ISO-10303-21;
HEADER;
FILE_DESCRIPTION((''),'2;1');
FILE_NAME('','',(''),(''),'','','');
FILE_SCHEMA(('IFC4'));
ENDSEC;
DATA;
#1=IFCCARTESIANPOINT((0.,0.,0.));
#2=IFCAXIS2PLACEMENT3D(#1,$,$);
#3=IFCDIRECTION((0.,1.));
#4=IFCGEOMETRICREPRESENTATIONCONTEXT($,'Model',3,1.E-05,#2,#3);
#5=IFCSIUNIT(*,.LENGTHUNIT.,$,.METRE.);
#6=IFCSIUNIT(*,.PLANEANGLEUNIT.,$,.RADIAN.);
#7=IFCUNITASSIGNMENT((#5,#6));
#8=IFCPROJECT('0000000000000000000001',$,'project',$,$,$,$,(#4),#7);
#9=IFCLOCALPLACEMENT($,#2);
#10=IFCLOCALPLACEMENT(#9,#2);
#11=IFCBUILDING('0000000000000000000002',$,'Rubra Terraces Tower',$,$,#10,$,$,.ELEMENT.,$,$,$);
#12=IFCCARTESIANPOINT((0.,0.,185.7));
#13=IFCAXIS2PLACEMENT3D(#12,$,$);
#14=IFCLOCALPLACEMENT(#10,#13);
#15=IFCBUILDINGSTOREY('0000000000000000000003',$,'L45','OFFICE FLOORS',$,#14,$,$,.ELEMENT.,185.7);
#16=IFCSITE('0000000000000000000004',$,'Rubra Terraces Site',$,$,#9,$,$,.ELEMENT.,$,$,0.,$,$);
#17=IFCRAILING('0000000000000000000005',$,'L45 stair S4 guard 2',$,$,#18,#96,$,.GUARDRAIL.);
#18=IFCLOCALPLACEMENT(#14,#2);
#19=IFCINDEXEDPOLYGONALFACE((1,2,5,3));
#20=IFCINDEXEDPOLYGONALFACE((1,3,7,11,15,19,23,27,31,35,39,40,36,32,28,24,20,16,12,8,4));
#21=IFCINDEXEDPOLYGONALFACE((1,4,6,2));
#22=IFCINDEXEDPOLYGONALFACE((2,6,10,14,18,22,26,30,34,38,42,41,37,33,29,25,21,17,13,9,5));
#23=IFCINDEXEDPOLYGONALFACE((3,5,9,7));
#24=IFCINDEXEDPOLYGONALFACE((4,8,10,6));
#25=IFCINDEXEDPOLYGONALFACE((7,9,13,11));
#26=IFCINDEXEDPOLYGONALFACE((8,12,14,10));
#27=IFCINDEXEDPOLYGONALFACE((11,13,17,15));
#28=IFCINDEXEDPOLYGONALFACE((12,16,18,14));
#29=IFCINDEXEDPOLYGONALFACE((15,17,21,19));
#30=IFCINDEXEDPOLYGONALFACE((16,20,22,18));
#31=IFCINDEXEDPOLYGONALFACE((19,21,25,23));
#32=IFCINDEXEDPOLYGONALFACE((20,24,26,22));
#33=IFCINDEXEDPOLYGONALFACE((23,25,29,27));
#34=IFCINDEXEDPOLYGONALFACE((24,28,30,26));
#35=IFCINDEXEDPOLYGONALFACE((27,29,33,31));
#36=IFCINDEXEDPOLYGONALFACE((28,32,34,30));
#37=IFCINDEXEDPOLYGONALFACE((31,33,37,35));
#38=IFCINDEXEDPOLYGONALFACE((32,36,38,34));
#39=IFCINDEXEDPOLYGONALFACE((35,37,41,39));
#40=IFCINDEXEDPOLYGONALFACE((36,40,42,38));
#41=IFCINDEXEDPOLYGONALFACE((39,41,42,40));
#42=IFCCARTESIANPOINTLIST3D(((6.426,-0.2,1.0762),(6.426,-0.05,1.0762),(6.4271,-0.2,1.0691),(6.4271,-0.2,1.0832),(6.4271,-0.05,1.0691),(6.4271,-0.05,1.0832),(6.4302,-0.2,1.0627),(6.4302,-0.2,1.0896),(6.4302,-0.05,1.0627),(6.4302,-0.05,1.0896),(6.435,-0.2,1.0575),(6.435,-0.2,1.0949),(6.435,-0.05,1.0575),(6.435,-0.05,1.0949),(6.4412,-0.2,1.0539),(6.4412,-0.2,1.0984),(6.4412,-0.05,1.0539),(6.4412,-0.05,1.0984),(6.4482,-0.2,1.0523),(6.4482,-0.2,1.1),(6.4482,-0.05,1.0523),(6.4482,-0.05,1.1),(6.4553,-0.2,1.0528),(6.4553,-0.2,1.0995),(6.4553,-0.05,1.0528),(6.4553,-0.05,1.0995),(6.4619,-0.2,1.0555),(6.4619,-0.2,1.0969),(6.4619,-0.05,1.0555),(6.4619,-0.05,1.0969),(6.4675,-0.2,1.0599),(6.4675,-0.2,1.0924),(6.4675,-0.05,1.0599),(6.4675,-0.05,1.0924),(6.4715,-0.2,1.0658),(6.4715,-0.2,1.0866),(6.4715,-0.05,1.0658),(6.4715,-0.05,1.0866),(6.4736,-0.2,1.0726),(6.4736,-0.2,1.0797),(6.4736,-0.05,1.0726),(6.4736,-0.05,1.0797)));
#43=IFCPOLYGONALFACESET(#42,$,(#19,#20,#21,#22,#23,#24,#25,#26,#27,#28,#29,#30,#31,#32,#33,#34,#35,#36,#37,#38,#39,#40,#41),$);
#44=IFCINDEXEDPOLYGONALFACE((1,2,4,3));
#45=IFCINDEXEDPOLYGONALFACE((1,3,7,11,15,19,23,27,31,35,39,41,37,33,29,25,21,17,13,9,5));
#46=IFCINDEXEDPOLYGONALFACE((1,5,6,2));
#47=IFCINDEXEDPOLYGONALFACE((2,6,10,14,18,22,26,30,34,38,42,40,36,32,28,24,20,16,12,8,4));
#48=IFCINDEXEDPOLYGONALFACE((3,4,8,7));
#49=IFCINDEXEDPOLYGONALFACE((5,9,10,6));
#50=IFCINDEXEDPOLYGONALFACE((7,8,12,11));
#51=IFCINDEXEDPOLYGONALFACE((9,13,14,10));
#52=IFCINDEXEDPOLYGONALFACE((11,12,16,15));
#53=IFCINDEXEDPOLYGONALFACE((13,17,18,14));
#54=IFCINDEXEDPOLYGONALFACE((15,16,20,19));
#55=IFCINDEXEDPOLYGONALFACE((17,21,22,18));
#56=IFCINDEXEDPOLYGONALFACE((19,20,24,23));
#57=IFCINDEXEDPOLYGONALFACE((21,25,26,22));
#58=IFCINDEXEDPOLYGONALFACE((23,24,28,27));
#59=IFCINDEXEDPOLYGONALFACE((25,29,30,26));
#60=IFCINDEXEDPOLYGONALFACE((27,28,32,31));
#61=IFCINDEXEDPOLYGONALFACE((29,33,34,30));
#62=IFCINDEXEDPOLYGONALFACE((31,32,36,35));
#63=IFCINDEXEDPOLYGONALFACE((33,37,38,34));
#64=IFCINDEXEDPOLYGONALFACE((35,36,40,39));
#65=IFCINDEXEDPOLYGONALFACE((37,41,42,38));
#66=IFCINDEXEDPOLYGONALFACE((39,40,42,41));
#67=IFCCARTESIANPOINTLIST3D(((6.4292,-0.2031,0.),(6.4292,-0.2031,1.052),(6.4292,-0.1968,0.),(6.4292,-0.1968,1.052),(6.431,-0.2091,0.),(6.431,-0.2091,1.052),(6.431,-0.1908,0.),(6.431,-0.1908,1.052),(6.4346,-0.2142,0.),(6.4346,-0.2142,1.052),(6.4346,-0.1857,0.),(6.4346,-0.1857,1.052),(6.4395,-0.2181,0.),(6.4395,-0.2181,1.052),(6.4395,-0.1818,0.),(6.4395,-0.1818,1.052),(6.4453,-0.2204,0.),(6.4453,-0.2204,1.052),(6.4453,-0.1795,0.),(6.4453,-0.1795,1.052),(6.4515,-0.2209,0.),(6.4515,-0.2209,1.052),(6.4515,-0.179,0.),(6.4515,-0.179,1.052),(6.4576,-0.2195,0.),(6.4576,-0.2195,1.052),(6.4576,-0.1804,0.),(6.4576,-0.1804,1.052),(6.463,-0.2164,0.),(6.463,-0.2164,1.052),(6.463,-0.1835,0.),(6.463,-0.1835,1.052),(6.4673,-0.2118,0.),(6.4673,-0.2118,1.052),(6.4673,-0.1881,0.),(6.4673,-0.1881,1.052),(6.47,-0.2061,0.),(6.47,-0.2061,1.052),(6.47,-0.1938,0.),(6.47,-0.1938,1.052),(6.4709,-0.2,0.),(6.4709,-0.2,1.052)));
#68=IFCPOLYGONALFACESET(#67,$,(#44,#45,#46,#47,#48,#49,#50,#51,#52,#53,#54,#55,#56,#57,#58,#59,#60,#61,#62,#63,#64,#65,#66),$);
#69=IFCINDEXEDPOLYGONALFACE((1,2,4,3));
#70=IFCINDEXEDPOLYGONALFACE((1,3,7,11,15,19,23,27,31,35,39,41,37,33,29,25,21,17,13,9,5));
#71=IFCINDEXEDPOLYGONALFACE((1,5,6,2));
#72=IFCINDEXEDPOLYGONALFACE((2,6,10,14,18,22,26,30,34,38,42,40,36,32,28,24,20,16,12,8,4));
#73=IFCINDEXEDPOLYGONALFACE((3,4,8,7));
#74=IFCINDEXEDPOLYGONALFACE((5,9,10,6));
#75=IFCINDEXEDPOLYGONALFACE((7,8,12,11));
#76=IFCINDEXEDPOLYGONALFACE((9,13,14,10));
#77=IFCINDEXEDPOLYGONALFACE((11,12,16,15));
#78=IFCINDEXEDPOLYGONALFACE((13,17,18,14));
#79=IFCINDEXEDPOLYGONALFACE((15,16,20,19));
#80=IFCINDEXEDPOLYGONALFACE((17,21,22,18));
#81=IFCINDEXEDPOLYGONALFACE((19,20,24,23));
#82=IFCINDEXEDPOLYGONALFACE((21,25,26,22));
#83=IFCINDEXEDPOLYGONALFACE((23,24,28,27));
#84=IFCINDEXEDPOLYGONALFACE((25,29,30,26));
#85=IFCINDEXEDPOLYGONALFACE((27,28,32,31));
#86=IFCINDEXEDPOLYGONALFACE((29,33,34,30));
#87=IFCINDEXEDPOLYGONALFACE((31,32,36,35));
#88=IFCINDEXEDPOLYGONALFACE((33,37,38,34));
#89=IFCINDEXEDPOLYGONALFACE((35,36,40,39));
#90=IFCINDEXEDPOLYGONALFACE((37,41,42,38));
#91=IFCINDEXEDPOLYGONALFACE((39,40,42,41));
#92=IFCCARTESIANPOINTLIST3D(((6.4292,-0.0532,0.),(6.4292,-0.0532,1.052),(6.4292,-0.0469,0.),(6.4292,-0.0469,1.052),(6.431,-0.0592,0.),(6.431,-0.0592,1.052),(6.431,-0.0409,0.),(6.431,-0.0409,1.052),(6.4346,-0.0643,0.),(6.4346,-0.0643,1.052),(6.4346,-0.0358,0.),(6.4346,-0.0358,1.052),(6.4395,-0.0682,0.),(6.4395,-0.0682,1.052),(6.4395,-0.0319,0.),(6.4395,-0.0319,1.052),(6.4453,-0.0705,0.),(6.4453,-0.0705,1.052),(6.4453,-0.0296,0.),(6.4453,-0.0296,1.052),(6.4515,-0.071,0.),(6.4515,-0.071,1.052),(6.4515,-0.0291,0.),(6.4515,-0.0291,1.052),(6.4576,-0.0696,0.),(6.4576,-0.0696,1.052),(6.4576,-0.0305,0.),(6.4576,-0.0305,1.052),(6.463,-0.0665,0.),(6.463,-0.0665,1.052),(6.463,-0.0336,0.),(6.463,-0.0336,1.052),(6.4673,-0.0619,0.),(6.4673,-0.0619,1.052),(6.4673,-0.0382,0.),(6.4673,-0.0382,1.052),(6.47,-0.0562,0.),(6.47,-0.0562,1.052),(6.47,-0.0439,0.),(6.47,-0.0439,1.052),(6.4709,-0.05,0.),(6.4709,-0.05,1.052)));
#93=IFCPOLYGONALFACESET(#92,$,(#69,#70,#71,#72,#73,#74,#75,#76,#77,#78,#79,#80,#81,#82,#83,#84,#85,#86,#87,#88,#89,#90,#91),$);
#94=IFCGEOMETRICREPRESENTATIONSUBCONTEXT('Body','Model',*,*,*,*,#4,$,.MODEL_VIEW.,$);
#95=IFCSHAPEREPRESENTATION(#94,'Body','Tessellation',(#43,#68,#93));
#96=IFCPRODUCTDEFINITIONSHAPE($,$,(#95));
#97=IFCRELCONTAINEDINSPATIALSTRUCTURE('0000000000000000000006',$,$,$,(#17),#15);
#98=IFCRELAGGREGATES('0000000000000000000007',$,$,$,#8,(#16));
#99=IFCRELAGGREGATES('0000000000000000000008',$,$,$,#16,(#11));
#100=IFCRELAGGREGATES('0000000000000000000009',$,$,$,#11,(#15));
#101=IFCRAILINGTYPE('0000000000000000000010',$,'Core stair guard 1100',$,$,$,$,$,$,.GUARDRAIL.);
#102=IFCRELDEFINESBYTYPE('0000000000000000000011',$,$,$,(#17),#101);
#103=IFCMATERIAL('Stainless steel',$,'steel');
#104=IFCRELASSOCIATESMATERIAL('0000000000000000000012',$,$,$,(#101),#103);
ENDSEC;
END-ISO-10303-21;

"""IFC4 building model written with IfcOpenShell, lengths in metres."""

from ifc_helpers import new_model, si_unit, direction, frame, origin, origin_2d, place, context, subcontext, project, spatial, circle, extrude, material, type_object, element, save


model = new_model("IFC4")

# Units and contexts
model_context = context("Model", 3, precision=1e-05, world=origin(), true_north=direction((0.0, 1.0)))
body_context = subcontext(model_context, "Body", "Model", "MODEL_VIEW")
ifc_project = project(units=[si_unit("LENGTHUNIT", "METRE"), si_unit("PLANEANGLEUNIT", "RADIAN")], contexts=[model_context])

# Site, building, storey
site_placement = place(None, origin())
site = spatial("IfcSite", under=ifc_project, at=site_placement, Name="Rubra Terraces Site", CompositionType="ELEMENT", RefElevation=0.0)
building_placement = place(site_placement, origin())
building = spatial("IfcBuilding", under=site, at=building_placement, Name="Rubra Terraces Tower", CompositionType="ELEMENT")
storey_placement = place(building_placement, frame((0.0, 0.0, 185.7)))
storey = spatial("IfcBuildingStorey", under=building, at=storey_placement, Name="L45", Description="OFFICE FLOORS", CompositionType="ELEMENT", Elevation=185.7)

# Railing
ifc_material_1 = material(Name="Stainless steel", Category="steel")
railing_type_1 = type_object("IfcRailingType", Name="Core stair guard 1100", PredefinedType="GUARDRAIL", material=ifc_material_1)
railing_1_placement = place(storey_placement, frame((6.45, -0.2, 0.0)))
element("IfcRailing", 1, at=railing_1_placement, inside=storey, type_object=railing_type_1, Name="L45 stair S4 guard 2", PredefinedType="GUARDRAIL", context=body_context, shape_type="SweptSolid", body=[
    extrude(circle(Radius=0.0239, at=origin_2d()), frame((0.0, 0.0, 1.0762), z_axis=(0.0, 1.0, 0.0), x_axis=(-1.0, 0.0, 0.0)), (0.0, 0.0, 1.0), 0.1499),
    extrude(circle(Radius=0.021, at=origin_2d()), origin(), (0.0, 0.0, 1.0), 1.052),
    extrude(circle(Radius=0.021, at=origin_2d()), frame((0.0, 0.1499, 0.0)), (0.0, 0.0, 1.0), 1.052),
])

save(model, "model.ifc")
